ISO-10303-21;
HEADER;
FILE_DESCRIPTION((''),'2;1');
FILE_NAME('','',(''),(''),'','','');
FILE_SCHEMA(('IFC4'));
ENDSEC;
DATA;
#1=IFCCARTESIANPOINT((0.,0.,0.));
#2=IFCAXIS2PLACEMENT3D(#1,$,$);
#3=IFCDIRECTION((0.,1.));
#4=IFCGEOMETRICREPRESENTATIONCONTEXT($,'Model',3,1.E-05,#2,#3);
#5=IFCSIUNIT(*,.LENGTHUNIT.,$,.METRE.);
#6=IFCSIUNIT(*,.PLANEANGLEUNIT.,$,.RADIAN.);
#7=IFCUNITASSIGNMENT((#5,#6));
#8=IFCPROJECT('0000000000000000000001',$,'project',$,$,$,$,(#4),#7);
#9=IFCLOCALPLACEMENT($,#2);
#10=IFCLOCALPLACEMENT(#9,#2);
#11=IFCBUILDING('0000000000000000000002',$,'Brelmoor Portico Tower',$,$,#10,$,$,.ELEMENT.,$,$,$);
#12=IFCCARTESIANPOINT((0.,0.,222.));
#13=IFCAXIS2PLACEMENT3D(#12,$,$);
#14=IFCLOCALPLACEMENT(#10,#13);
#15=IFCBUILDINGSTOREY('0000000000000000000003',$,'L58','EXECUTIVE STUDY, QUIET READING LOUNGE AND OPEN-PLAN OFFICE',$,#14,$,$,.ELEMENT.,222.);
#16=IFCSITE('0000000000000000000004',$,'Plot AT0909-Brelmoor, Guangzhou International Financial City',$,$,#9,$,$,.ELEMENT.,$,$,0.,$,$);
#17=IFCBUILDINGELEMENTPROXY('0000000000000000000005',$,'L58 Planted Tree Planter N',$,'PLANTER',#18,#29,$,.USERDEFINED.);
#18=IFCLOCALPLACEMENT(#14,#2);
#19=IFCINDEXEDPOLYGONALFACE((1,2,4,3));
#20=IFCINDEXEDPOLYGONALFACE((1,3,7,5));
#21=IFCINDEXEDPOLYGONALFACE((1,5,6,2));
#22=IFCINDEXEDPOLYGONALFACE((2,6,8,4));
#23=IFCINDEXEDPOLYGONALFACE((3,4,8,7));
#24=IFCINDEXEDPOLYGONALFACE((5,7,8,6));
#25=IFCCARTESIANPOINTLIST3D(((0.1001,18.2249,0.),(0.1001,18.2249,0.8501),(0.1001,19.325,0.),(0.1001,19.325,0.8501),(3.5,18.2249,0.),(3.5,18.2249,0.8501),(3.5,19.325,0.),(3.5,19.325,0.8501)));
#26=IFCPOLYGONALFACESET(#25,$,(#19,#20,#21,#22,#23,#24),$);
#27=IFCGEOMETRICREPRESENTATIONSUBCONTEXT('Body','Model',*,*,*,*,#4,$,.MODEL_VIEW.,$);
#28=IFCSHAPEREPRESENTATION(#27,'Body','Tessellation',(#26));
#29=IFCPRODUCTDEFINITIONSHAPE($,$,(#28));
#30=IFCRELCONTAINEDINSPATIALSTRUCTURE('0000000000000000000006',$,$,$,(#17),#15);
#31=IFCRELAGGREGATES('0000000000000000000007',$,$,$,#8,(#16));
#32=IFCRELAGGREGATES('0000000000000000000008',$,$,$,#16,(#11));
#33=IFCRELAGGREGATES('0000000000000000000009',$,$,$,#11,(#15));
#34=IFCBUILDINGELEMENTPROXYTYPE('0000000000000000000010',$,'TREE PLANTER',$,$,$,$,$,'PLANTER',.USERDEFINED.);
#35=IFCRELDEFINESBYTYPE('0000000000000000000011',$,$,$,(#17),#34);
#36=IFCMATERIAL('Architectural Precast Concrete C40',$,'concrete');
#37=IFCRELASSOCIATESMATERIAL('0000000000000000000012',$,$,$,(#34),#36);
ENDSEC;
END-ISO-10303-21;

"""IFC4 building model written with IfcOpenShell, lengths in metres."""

from ifc_helpers import new_model, si_unit, direction, frame, origin, origin_2d, place, context, subcontext, project, spatial, rectangle, extrude, material, type_object, element, save


model = new_model("IFC4")

# Units and contexts
model_context = context("Model", 3, precision=1e-05, world=origin(), true_north=direction((0.0, 1.0)))
body_context = subcontext(model_context, "Body", "Model", "MODEL_VIEW")
ifc_project = project(units=[si_unit("LENGTHUNIT", "METRE"), si_unit("PLANEANGLEUNIT", "RADIAN")], contexts=[model_context])

# Site, building, storey
site_placement = place(None, origin())
site = spatial("IfcSite", under=ifc_project, at=site_placement, Name="Plot AT0909-Brelmoor, Guangzhou International Financial City", CompositionType="ELEMENT", RefElevation=0.0)
building_placement = place(site_placement, origin())
building = spatial("IfcBuilding", under=site, at=building_placement, Name="Brelmoor Portico Tower", CompositionType="ELEMENT")
storey_placement = place(building_placement, frame((0.0, 0.0, 222.0)))
storey = spatial("IfcBuildingStorey", under=building, at=storey_placement, Name="L58", Description="EXECUTIVE STUDY, QUIET READING LOUNGE AND OPEN-PLAN OFFICE", CompositionType="ELEMENT", Elevation=222.0)

# Building element proxy
ifc_material_1 = material(Name="Architectural Precast Concrete C40", Category="concrete")
building_element_proxy_type_1 = type_object("IfcBuildingElementProxyType", Name="TREE PLANTER", ElementType="PLANTER", PredefinedType="USERDEFINED", material=ifc_material_1)
proxy_1_placement = place(storey_placement, frame((1.8, 18.7749, 0.0), z_axis=(0.0, 0.0, 1.0), x_axis=(1.0, 0.0, 0.0)))
element("IfcBuildingElementProxy", 1, at=proxy_1_placement, inside=storey, type_object=building_element_proxy_type_1, Name="L58 Planted Tree Planter N", ObjectType="PLANTER", PredefinedType="USERDEFINED", context=body_context, shape_type="SweptSolid", body=[
    extrude(rectangle(XDim=3.3999, YDim=1.1001, at=origin_2d()), origin(), (0.0, 0.0, 1.0), 0.8501),
])

save(model, "model.ifc")
